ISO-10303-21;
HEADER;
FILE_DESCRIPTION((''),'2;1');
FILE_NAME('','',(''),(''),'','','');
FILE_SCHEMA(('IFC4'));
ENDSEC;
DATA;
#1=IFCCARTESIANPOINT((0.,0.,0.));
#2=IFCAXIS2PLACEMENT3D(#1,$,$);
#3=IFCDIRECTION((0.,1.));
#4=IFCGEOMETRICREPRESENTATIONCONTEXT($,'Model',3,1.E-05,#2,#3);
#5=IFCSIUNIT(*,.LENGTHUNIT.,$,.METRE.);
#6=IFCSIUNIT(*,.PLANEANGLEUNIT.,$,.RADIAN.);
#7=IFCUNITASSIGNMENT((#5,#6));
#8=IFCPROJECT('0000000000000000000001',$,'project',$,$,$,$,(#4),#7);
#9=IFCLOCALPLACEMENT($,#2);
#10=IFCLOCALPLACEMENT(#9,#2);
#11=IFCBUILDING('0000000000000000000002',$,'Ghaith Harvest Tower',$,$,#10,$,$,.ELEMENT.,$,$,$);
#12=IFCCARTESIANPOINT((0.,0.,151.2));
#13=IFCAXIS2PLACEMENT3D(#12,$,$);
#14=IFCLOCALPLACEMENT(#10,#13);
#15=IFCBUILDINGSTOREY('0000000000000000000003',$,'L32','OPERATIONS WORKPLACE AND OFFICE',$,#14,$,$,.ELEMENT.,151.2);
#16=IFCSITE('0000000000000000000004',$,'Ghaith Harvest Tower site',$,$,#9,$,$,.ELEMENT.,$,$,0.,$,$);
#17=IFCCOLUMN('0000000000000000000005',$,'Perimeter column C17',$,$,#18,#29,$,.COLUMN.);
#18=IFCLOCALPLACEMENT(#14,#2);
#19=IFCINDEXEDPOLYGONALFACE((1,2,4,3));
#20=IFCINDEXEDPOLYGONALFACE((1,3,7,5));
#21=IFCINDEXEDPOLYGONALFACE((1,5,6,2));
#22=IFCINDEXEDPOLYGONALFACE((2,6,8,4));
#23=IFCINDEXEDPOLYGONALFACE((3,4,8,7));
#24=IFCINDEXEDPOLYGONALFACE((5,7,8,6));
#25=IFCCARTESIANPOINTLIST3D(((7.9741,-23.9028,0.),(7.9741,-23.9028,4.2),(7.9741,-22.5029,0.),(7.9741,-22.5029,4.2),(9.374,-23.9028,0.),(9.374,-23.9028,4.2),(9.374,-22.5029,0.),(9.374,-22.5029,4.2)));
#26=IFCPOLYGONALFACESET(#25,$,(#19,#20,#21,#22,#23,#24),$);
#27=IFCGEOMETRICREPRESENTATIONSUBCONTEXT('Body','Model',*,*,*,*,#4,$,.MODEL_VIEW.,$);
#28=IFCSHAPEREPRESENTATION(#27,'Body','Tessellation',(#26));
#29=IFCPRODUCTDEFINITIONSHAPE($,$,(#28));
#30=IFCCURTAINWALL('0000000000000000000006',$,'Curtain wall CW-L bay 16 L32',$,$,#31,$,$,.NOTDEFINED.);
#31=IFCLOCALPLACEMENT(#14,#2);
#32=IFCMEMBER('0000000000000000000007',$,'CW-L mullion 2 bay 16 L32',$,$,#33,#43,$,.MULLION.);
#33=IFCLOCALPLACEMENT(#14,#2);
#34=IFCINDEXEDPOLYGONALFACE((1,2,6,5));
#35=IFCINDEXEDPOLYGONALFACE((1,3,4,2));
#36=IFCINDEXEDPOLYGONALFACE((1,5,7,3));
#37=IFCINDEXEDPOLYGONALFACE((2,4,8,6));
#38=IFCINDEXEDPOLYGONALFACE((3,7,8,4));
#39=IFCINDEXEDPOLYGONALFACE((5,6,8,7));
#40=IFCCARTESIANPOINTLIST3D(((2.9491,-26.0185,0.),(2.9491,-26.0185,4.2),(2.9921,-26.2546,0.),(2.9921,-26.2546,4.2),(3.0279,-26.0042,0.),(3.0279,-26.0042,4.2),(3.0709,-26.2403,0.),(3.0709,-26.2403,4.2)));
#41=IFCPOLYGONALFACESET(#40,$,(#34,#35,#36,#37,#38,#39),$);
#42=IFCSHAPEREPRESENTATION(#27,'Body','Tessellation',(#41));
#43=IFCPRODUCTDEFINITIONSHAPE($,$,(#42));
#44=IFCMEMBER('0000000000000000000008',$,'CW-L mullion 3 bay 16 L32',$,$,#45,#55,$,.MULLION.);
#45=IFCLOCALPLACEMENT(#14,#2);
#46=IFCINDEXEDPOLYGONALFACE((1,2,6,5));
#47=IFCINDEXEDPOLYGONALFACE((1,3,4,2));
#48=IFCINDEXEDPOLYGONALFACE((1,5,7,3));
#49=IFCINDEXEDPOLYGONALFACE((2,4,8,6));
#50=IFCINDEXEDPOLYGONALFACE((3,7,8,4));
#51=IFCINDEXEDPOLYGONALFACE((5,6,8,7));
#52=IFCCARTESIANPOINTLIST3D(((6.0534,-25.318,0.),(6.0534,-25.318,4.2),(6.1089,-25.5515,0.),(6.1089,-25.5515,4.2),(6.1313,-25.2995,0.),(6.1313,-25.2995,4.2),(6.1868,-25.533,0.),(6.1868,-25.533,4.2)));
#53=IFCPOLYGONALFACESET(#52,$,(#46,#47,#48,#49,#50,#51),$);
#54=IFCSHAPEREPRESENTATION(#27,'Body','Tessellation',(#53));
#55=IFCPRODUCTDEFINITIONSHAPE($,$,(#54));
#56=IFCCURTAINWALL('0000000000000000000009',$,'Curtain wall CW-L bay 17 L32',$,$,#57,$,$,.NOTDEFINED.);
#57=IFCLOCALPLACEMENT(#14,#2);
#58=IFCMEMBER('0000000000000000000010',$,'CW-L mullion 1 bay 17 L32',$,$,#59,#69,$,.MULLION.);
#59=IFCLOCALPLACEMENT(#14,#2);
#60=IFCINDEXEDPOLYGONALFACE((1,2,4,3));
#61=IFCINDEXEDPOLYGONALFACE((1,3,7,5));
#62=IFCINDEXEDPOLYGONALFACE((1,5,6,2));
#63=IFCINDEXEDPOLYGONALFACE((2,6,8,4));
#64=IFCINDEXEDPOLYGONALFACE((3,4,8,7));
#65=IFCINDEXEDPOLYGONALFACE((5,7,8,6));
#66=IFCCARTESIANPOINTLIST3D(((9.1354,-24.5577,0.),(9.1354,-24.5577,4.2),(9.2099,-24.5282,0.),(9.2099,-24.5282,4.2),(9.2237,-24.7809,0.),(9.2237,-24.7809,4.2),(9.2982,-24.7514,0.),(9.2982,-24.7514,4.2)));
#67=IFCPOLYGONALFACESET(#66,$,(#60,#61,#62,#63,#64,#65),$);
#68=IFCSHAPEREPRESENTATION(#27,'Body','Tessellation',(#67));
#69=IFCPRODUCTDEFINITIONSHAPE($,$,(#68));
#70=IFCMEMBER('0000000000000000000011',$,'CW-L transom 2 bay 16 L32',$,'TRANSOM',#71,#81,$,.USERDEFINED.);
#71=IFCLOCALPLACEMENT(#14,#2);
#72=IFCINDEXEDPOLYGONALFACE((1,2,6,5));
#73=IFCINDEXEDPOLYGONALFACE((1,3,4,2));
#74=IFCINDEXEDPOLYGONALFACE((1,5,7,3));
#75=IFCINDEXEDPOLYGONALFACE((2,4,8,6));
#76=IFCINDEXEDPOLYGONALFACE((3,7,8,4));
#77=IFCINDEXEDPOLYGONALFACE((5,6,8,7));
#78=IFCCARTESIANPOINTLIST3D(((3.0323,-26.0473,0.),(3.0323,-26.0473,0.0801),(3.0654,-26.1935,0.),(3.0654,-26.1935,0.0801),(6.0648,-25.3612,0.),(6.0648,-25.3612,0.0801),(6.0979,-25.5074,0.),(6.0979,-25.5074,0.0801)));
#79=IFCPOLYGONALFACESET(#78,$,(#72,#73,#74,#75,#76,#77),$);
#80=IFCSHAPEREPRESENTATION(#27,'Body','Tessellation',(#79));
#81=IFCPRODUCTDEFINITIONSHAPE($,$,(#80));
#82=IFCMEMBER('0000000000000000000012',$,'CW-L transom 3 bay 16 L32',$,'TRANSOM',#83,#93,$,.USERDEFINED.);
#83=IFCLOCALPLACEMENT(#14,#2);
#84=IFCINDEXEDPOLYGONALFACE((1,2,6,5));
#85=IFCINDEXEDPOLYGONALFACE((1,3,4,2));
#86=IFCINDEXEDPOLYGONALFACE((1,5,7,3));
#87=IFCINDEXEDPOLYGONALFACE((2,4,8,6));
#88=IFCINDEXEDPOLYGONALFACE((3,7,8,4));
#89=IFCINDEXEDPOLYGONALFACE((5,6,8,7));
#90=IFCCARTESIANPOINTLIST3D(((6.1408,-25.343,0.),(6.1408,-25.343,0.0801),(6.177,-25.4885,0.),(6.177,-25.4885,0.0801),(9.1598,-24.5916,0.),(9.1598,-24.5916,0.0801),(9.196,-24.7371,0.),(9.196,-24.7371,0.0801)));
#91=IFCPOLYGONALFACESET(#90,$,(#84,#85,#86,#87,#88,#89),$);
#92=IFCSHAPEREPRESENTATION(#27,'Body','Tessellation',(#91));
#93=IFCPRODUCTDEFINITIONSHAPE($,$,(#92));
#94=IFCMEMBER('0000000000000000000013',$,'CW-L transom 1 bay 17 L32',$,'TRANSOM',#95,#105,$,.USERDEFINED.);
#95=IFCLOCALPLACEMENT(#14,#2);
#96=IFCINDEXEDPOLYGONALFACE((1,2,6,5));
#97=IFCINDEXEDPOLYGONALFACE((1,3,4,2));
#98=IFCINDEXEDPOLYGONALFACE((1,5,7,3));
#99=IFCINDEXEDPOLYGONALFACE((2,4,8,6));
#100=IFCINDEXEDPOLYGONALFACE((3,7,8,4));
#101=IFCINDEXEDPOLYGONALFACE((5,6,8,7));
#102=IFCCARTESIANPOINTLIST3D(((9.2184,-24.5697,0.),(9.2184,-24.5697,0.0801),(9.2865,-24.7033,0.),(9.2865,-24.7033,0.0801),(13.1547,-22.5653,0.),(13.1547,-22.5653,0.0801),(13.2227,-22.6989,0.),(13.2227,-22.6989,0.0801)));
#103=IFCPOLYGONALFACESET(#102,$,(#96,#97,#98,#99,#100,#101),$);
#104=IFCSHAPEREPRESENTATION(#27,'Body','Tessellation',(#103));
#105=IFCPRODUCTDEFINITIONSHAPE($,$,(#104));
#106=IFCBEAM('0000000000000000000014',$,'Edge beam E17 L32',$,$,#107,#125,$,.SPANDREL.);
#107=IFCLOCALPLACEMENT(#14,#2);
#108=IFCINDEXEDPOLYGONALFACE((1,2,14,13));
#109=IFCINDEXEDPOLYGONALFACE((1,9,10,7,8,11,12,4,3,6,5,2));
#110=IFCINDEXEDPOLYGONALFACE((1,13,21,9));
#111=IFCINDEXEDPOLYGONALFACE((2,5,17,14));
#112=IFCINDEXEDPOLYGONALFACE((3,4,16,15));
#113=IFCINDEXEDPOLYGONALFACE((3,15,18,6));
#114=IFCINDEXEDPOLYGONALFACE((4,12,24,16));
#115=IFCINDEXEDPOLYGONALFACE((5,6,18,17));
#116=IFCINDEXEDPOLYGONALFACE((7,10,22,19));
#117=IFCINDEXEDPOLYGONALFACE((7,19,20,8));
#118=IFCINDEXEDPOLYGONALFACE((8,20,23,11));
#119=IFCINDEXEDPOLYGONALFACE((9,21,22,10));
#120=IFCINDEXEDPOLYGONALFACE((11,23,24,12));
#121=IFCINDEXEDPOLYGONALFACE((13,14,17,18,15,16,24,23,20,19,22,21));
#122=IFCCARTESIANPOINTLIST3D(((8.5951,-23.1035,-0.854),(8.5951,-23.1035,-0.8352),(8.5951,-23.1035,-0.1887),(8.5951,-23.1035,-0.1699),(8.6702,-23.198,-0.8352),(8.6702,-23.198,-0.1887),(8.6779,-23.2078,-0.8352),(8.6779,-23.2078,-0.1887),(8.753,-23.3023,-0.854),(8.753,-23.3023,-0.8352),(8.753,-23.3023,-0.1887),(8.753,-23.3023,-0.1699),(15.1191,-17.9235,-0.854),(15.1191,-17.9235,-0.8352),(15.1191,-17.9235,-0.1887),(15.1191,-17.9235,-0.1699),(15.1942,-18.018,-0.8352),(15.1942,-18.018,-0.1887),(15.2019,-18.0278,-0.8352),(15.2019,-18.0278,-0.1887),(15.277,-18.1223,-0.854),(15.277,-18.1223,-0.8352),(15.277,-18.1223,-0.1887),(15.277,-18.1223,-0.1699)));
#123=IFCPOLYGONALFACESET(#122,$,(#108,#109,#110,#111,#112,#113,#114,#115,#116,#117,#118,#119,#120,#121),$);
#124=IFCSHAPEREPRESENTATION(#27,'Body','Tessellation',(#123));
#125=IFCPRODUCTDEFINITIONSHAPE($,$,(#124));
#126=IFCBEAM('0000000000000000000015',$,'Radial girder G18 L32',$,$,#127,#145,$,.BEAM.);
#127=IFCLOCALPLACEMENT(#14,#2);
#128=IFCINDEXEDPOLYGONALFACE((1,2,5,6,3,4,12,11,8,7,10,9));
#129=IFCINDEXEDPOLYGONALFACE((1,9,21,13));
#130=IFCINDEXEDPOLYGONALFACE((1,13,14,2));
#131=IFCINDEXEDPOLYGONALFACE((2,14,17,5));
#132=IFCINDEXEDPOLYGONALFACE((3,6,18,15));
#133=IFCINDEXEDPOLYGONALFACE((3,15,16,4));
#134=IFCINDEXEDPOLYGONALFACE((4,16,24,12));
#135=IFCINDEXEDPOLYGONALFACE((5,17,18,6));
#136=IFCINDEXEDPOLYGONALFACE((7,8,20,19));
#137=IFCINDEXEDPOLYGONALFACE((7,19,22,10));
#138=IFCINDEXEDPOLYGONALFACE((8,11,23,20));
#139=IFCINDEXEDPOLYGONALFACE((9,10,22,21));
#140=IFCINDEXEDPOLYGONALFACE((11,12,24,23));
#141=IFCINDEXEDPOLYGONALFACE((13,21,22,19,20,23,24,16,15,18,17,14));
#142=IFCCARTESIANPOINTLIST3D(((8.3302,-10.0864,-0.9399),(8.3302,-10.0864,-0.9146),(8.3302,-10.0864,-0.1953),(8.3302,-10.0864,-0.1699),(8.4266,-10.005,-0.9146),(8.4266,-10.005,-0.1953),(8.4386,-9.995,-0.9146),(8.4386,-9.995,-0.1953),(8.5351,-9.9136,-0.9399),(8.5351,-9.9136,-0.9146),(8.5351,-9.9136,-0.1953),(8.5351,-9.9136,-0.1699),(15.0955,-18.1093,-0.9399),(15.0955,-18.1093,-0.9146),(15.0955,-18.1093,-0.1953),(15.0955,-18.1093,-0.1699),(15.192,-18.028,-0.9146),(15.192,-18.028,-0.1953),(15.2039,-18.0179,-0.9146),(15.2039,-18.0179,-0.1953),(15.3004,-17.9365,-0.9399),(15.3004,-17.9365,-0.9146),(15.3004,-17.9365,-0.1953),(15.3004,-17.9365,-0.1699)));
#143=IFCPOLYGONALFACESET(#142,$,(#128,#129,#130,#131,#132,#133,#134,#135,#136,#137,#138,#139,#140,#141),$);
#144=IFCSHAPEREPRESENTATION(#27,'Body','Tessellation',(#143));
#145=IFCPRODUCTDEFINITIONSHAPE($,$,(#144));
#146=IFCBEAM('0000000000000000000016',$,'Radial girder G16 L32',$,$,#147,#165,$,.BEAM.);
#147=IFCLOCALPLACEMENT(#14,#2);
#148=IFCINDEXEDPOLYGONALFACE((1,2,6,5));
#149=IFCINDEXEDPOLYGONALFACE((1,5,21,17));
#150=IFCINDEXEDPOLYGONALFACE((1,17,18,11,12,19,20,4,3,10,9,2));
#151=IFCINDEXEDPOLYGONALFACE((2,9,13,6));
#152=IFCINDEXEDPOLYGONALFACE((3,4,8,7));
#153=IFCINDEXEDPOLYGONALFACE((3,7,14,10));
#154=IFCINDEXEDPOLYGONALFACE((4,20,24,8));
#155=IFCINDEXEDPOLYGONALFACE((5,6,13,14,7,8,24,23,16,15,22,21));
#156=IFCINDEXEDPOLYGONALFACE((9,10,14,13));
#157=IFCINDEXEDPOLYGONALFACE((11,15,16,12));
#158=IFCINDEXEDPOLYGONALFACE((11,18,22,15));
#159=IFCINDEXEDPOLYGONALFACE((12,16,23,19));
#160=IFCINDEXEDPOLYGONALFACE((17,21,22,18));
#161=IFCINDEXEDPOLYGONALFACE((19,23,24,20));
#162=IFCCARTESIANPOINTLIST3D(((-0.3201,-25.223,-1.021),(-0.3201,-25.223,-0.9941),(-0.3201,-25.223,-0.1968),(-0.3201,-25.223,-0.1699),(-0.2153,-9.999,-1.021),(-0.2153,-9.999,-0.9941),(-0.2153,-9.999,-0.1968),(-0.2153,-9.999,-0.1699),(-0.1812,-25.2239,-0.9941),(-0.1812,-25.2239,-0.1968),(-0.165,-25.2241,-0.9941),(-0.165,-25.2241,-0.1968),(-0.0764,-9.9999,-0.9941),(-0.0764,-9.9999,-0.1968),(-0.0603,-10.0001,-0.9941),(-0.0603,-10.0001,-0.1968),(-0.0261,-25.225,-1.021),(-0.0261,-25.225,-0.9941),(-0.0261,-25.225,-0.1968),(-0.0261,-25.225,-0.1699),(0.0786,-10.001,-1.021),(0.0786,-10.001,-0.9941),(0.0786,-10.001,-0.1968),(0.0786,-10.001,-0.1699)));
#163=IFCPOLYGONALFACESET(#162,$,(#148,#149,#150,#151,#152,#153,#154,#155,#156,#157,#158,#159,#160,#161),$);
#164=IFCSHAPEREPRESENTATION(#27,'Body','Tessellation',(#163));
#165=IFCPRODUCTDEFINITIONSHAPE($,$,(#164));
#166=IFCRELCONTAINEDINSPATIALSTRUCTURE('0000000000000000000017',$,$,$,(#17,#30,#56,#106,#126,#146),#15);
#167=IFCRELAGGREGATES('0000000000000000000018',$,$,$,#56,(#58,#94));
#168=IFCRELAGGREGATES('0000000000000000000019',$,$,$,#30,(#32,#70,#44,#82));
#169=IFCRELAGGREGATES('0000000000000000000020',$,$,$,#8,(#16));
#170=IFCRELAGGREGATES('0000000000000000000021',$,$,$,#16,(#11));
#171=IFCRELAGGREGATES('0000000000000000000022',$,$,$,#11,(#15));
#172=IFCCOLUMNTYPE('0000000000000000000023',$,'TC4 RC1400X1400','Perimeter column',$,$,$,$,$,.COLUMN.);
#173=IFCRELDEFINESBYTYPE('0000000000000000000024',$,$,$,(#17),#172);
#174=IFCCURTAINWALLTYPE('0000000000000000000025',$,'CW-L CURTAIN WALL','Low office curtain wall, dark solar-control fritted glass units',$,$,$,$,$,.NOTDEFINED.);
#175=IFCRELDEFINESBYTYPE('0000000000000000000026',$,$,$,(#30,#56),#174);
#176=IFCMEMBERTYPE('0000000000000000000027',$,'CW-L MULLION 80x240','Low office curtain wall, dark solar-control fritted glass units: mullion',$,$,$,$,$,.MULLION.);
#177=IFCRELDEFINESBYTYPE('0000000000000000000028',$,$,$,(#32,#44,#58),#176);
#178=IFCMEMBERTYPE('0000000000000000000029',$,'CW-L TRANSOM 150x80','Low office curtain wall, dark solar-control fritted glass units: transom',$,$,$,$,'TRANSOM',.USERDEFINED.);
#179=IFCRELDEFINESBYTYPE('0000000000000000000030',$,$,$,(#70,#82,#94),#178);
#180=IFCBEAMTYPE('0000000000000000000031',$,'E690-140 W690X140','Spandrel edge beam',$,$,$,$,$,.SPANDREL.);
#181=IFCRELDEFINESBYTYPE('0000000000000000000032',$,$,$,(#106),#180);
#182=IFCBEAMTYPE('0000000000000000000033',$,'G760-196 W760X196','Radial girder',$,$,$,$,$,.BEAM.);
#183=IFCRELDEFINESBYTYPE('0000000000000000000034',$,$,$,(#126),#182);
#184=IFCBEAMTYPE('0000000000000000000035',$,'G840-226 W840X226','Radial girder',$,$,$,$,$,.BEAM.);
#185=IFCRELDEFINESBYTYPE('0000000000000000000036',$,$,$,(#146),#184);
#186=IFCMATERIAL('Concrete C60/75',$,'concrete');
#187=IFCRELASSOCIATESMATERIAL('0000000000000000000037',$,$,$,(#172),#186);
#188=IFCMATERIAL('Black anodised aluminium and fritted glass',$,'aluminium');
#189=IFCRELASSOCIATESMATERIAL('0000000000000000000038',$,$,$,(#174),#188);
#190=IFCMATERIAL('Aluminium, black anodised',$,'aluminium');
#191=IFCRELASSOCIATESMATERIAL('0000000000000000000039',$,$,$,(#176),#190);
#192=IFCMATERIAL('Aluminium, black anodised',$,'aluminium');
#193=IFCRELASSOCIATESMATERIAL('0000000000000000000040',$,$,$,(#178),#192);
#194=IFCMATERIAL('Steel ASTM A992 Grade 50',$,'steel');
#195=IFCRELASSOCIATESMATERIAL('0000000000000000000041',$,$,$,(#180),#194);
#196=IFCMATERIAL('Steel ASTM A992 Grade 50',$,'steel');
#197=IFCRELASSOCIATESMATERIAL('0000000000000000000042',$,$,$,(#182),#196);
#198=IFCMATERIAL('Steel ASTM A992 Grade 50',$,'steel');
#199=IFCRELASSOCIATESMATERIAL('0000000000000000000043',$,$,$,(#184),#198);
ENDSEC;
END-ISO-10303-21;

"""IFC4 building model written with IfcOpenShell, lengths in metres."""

from ifc_helpers import new_model, si_unit, direction, frame, origin, origin_2d, place, context, subcontext, project, spatial, rectangle, i_section, extrude, material, material_profile, profile_set, type_object, element, aggregate, save


model = new_model("IFC4")

# Units and contexts
model_context = context("Model", 3, precision=1e-05, world=origin(), true_north=direction((0.0, 1.0)))
body_context = subcontext(model_context, "Body", "Model", "MODEL_VIEW")
ifc_project = project(units=[si_unit("LENGTHUNIT", "METRE"), si_unit("PLANEANGLEUNIT", "RADIAN")], contexts=[model_context])

# Site, building, storey
site_placement = place(None, origin())
site = spatial("IfcSite", under=ifc_project, at=site_placement, Name="Ghaith Harvest Tower site", CompositionType="ELEMENT", RefElevation=0.0)
building_placement = place(site_placement, origin())
building = spatial("IfcBuilding", under=site, at=building_placement, Name="Ghaith Harvest Tower", CompositionType="ELEMENT")
storey_placement = place(building_placement, frame((0.0, 0.0, 151.2)))
storey = spatial("IfcBuildingStorey", under=building, at=storey_placement, Name="L32", Description="OPERATIONS WORKPLACE AND OFFICE", CompositionType="ELEMENT", Elevation=151.2)

# Column
ifc_material_1 = material(Name="Concrete C60/75", Category="concrete")
ifc_material_profile_1 = material_profile(ifc_material_1, rectangle(XDim=1.3999, YDim=1.3999, at=origin_2d()), Name="RC1400X1400")
ifc_profile_set_1 = profile_set([ifc_material_profile_1], Name="Concrete C60/75")
column_type = type_object("IfcColumnType", Name="TC4 RC1400X1400", Description="Perimeter column", PredefinedType="COLUMN", material=ifc_profile_set_1)
column_placement = place(storey_placement, frame((8.6741, -23.2029, 0.0), z_axis=(0.0, 0.0, 1.0), x_axis=(1.0, 0.0, 0.0)))
element("IfcColumn", 1, at=column_placement, inside=storey, type_object=column_type, Name="Perimeter column C17", PredefinedType="COLUMN", context=body_context, shape_type="SweptSolid", body=[
    extrude(rectangle(XDim=1.3999, YDim=1.3999, at=origin_2d()), origin(), (0.0, 0.0, 1.0), 4.2),
])

# Curtain wall, members
ifc_material_2 = material(Name="Black anodised aluminium and fritted glass", Category="aluminium")
curtain_wall_type = type_object("IfcCurtainWallType", Name="CW-L CURTAIN WALL", Description="Low office curtain wall, dark solar-control fritted glass units", PredefinedType="NOTDEFINED", material=ifc_material_2)
curtain_wall_1_placement = place(storey_placement, origin())
curtain_wall_1 = element("IfcCurtainWall", 2, at=curtain_wall_1_placement, inside=storey, type_object=curtain_wall_type, Name="Curtain wall CW-L bay 16 L32", PredefinedType="NOTDEFINED")
ifc_material_3 = material(Name="Aluminium, black anodised", Category="aluminium")
ifc_material_profile_2 = material_profile(ifc_material_3, rectangle(XDim=0.0801, YDim=0.24, at=origin_2d()), Name="CW-L MULLION 80x240")
ifc_profile_set_2 = profile_set([ifc_material_profile_2], Name="Aluminium, black anodised")
member_type_1 = type_object("IfcMemberType", Name="CW-L MULLION 80x240", Description="Low office curtain wall, dark solar-control fritted glass units: mullion", PredefinedType="MULLION", material=ifc_profile_set_2)
member_1_placement = place(storey_placement, frame((3.01, -26.1294, 0.0), z_axis=(0.0, 0.0, 1.0), x_axis=(0.983806, 0.179235, 0.0)))
member_1 = element("IfcMember", 3, at=member_1_placement, type_object=member_type_1, Name="CW-L mullion 2 bay 16 L32", PredefinedType="MULLION", context=body_context, shape_type="SweptSolid", body=[
    extrude(rectangle(XDim=0.0801, YDim=0.24, at=origin_2d()), origin(), (0.0, 0.0, 1.0), 4.2),
])
member_2_placement = place(storey_placement, frame((6.1201, -25.4255, 0.0), z_axis=(0.0, 0.0, 1.0), x_axis=(0.972918, 0.23115, 0.0)))
member_2 = element("IfcMember", 4, at=member_2_placement, type_object=member_type_1, Name="CW-L mullion 3 bay 16 L32", PredefinedType="MULLION", context=body_context, shape_type="SweptSolid", body=[
    extrude(rectangle(XDim=0.0801, YDim=0.24, at=origin_2d()), origin(), (0.0, 0.0, 1.0), 4.2),
])

# Curtain wall, member
curtain_wall_2_placement = place(storey_placement, origin())
curtain_wall_2 = element("IfcCurtainWall", 5, at=curtain_wall_2_placement, inside=storey, type_object=curtain_wall_type, Name="Curtain wall CW-L bay 17 L32", PredefinedType="NOTDEFINED")
member_3_placement = place(storey_placement, frame((9.2168, -24.6545, 0.0), z_axis=(0.0, 0.0, 1.0), x_axis=(0.929832, 0.367985, 0.0)))
member_3 = element("IfcMember", 6, at=member_3_placement, type_object=member_type_1, Name="CW-L mullion 1 bay 17 L32", PredefinedType="MULLION", context=body_context, shape_type="SweptSolid", body=[
    extrude(rectangle(XDim=0.0801, YDim=0.24, at=origin_2d()), origin(), (0.0, 0.0, 1.0), 4.2),
])

# Members
ifc_material_4 = material(Name="Aluminium, black anodised", Category="aluminium")
ifc_material_profile_3 = material_profile(ifc_material_4, rectangle(XDim=0.1499, YDim=0.0801, at=origin_2d()), Name="CW-L TRANSOM 150x80")
ifc_profile_set_3 = profile_set([ifc_material_profile_3], Name="Aluminium, black anodised")
member_type_2 = type_object("IfcMemberType", Name="CW-L TRANSOM 150x80", Description="Low office curtain wall, dark solar-control fritted glass units: transom", ElementType="TRANSOM", PredefinedType="USERDEFINED", material=ifc_profile_set_3)
member_4_placement = place(storey_placement, frame((3.0488, -26.1204, 0.04), z_axis=(0.975352, 0.220654, 0.0), x_axis=(-0.220654, 0.975352, 0.0)))
member_4 = element("IfcMember", 7, at=member_4_placement, type_object=member_type_2, Name="CW-L transom 2 bay 16 L32", ObjectType="TRANSOM", PredefinedType="USERDEFINED", context=body_context, shape_type="SweptSolid", body=[
    extrude(rectangle(XDim=0.1499, YDim=0.0801, at=origin_2d()), origin(), (0.0, 0.0, 1.0), 3.1091),
])
member_5_placement = place(storey_placement, frame((6.1589, -25.4158, 0.04), z_axis=(0.970391, 0.241538, 0.0), x_axis=(-0.241538, 0.970391, 0.0)))
member_5 = element("IfcMember", 8, at=member_5_placement, type_object=member_type_2, Name="CW-L transom 3 bay 16 L32", ObjectType="TRANSOM", PredefinedType="USERDEFINED", context=body_context, shape_type="SweptSolid", body=[
    extrude(rectangle(XDim=0.1499, YDim=0.0801, at=origin_2d()), origin(), (0.0, 0.0, 1.0), 3.1111),
])
member_6_placement = place(storey_placement, frame((9.2524, -24.6365, 0.04), z_axis=(0.89112, 0.453768, 0.0), x_axis=(-0.453768, 0.89112, 0.0)))
member_6 = element("IfcMember", 9, at=member_6_placement, type_object=member_type_2, Name="CW-L transom 1 bay 17 L32", ObjectType="TRANSOM", PredefinedType="USERDEFINED", context=body_context, shape_type="SweptSolid", body=[
    extrude(rectangle(XDim=0.1499, YDim=0.0801, at=origin_2d()), origin(), (0.0, 0.0, 1.0), 4.4172),
])
aggregate(curtain_wall_2, [member_3, member_6])

# Beams
ifc_material_5 = material(Name="Steel ASTM A992 Grade 50", Category="steel")
ifc_material_profile_4 = material_profile(ifc_material_5, i_section(OverallWidth=0.2539, OverallDepth=0.6841, WebThickness=0.0125, FlangeThickness=0.0188, at=origin_2d()), Name="W690X140")
ifc_profile_set_4 = profile_set([ifc_material_profile_4], Name="Steel ASTM A992 Grade 50")
beam_type_1 = type_object("IfcBeamType", Name="E690-140 W690X140", Description="Spandrel edge beam", PredefinedType="SPANDREL", material=ifc_profile_set_4)
beam_1_placement = place(storey_placement, frame((8.6741, -23.2029, -0.512), z_axis=(0.78316, 0.621821, 0.0), x_axis=(-0.621821, 0.78316, 0.0)))
element("IfcBeam", 10, at=beam_1_placement, inside=storey, type_object=beam_type_1, Name="Edge beam E17 L32", PredefinedType="SPANDREL", context=body_context, shape_type="SweptSolid", body=[
    extrude(i_section(OverallWidth=0.2539, OverallDepth=0.6841, WebThickness=0.0125, FlangeThickness=0.0188, at=origin_2d()), origin(), (0.0, 0.0, 1.0), 8.3303),
])
ifc_material_6 = material(Name="Steel ASTM A992 Grade 50", Category="steel")
ifc_material_profile_5 = material_profile(ifc_material_6, i_section(OverallWidth=0.2681, OverallDepth=0.77, WebThickness=0.0156, FlangeThickness=0.0254, at=origin_2d()), Name="W760X196")
ifc_profile_set_5 = profile_set([ifc_material_profile_5], Name="Steel ASTM A992 Grade 50")
beam_type_2 = type_object("IfcBeamType", Name="G760-196 W760X196", Description="Radial girder", PredefinedType="BEAM", material=ifc_profile_set_5)
beam_2_placement = place(storey_placement, frame((8.4326, -10.0, -0.5549), z_axis=(0.644649, -0.764478, 0.0), x_axis=(0.764478, 0.644649, 0.0)))
element("IfcBeam", 11, at=beam_2_placement, inside=storey, type_object=beam_type_2, Name="Radial girder G18 L32", PredefinedType="BEAM", context=body_context, shape_type="SweptSolid", body=[
    extrude(i_section(OverallWidth=0.2681, OverallDepth=0.77, WebThickness=0.0156, FlangeThickness=0.0254, at=origin_2d()), origin(), (0.0, 0.0, 1.0), 10.4946),
])
ifc_material_7 = material(Name="Steel ASTM A992 Grade 50", Category="steel")
ifc_material_profile_6 = material_profile(ifc_material_7, i_section(OverallWidth=0.2939, OverallDepth=0.8511, WebThickness=0.0161, FlangeThickness=0.0269, at=origin_2d()), Name="W840X226")
ifc_profile_set_6 = profile_set([ifc_material_profile_6], Name="Steel ASTM A992 Grade 50")
beam_type_3 = type_object("IfcBeamType", Name="G840-226 W840X226", Description="Radial girder", PredefinedType="BEAM", material=ifc_profile_set_6)
beam_3_placement = place(storey_placement, frame((-0.0684, -10.0, -0.5955), z_axis=(-0.006879, -0.999976, 0.0), x_axis=(0.999976, -0.006879, 0.0)))
element("IfcBeam", 12, at=beam_3_placement, inside=storey, type_object=beam_type_3, Name="Radial girder G16 L32", PredefinedType="BEAM", context=body_context, shape_type="SweptSolid", body=[
    extrude(i_section(OverallWidth=0.2939, OverallDepth=0.8511, WebThickness=0.0161, FlangeThickness=0.0269, at=origin_2d()), origin(), (0.0, 0.0, 1.0), 15.2244),
])

aggregate(curtain_wall_1, [member_1, member_4, member_2, member_5])

save(model, "model.ifc")
